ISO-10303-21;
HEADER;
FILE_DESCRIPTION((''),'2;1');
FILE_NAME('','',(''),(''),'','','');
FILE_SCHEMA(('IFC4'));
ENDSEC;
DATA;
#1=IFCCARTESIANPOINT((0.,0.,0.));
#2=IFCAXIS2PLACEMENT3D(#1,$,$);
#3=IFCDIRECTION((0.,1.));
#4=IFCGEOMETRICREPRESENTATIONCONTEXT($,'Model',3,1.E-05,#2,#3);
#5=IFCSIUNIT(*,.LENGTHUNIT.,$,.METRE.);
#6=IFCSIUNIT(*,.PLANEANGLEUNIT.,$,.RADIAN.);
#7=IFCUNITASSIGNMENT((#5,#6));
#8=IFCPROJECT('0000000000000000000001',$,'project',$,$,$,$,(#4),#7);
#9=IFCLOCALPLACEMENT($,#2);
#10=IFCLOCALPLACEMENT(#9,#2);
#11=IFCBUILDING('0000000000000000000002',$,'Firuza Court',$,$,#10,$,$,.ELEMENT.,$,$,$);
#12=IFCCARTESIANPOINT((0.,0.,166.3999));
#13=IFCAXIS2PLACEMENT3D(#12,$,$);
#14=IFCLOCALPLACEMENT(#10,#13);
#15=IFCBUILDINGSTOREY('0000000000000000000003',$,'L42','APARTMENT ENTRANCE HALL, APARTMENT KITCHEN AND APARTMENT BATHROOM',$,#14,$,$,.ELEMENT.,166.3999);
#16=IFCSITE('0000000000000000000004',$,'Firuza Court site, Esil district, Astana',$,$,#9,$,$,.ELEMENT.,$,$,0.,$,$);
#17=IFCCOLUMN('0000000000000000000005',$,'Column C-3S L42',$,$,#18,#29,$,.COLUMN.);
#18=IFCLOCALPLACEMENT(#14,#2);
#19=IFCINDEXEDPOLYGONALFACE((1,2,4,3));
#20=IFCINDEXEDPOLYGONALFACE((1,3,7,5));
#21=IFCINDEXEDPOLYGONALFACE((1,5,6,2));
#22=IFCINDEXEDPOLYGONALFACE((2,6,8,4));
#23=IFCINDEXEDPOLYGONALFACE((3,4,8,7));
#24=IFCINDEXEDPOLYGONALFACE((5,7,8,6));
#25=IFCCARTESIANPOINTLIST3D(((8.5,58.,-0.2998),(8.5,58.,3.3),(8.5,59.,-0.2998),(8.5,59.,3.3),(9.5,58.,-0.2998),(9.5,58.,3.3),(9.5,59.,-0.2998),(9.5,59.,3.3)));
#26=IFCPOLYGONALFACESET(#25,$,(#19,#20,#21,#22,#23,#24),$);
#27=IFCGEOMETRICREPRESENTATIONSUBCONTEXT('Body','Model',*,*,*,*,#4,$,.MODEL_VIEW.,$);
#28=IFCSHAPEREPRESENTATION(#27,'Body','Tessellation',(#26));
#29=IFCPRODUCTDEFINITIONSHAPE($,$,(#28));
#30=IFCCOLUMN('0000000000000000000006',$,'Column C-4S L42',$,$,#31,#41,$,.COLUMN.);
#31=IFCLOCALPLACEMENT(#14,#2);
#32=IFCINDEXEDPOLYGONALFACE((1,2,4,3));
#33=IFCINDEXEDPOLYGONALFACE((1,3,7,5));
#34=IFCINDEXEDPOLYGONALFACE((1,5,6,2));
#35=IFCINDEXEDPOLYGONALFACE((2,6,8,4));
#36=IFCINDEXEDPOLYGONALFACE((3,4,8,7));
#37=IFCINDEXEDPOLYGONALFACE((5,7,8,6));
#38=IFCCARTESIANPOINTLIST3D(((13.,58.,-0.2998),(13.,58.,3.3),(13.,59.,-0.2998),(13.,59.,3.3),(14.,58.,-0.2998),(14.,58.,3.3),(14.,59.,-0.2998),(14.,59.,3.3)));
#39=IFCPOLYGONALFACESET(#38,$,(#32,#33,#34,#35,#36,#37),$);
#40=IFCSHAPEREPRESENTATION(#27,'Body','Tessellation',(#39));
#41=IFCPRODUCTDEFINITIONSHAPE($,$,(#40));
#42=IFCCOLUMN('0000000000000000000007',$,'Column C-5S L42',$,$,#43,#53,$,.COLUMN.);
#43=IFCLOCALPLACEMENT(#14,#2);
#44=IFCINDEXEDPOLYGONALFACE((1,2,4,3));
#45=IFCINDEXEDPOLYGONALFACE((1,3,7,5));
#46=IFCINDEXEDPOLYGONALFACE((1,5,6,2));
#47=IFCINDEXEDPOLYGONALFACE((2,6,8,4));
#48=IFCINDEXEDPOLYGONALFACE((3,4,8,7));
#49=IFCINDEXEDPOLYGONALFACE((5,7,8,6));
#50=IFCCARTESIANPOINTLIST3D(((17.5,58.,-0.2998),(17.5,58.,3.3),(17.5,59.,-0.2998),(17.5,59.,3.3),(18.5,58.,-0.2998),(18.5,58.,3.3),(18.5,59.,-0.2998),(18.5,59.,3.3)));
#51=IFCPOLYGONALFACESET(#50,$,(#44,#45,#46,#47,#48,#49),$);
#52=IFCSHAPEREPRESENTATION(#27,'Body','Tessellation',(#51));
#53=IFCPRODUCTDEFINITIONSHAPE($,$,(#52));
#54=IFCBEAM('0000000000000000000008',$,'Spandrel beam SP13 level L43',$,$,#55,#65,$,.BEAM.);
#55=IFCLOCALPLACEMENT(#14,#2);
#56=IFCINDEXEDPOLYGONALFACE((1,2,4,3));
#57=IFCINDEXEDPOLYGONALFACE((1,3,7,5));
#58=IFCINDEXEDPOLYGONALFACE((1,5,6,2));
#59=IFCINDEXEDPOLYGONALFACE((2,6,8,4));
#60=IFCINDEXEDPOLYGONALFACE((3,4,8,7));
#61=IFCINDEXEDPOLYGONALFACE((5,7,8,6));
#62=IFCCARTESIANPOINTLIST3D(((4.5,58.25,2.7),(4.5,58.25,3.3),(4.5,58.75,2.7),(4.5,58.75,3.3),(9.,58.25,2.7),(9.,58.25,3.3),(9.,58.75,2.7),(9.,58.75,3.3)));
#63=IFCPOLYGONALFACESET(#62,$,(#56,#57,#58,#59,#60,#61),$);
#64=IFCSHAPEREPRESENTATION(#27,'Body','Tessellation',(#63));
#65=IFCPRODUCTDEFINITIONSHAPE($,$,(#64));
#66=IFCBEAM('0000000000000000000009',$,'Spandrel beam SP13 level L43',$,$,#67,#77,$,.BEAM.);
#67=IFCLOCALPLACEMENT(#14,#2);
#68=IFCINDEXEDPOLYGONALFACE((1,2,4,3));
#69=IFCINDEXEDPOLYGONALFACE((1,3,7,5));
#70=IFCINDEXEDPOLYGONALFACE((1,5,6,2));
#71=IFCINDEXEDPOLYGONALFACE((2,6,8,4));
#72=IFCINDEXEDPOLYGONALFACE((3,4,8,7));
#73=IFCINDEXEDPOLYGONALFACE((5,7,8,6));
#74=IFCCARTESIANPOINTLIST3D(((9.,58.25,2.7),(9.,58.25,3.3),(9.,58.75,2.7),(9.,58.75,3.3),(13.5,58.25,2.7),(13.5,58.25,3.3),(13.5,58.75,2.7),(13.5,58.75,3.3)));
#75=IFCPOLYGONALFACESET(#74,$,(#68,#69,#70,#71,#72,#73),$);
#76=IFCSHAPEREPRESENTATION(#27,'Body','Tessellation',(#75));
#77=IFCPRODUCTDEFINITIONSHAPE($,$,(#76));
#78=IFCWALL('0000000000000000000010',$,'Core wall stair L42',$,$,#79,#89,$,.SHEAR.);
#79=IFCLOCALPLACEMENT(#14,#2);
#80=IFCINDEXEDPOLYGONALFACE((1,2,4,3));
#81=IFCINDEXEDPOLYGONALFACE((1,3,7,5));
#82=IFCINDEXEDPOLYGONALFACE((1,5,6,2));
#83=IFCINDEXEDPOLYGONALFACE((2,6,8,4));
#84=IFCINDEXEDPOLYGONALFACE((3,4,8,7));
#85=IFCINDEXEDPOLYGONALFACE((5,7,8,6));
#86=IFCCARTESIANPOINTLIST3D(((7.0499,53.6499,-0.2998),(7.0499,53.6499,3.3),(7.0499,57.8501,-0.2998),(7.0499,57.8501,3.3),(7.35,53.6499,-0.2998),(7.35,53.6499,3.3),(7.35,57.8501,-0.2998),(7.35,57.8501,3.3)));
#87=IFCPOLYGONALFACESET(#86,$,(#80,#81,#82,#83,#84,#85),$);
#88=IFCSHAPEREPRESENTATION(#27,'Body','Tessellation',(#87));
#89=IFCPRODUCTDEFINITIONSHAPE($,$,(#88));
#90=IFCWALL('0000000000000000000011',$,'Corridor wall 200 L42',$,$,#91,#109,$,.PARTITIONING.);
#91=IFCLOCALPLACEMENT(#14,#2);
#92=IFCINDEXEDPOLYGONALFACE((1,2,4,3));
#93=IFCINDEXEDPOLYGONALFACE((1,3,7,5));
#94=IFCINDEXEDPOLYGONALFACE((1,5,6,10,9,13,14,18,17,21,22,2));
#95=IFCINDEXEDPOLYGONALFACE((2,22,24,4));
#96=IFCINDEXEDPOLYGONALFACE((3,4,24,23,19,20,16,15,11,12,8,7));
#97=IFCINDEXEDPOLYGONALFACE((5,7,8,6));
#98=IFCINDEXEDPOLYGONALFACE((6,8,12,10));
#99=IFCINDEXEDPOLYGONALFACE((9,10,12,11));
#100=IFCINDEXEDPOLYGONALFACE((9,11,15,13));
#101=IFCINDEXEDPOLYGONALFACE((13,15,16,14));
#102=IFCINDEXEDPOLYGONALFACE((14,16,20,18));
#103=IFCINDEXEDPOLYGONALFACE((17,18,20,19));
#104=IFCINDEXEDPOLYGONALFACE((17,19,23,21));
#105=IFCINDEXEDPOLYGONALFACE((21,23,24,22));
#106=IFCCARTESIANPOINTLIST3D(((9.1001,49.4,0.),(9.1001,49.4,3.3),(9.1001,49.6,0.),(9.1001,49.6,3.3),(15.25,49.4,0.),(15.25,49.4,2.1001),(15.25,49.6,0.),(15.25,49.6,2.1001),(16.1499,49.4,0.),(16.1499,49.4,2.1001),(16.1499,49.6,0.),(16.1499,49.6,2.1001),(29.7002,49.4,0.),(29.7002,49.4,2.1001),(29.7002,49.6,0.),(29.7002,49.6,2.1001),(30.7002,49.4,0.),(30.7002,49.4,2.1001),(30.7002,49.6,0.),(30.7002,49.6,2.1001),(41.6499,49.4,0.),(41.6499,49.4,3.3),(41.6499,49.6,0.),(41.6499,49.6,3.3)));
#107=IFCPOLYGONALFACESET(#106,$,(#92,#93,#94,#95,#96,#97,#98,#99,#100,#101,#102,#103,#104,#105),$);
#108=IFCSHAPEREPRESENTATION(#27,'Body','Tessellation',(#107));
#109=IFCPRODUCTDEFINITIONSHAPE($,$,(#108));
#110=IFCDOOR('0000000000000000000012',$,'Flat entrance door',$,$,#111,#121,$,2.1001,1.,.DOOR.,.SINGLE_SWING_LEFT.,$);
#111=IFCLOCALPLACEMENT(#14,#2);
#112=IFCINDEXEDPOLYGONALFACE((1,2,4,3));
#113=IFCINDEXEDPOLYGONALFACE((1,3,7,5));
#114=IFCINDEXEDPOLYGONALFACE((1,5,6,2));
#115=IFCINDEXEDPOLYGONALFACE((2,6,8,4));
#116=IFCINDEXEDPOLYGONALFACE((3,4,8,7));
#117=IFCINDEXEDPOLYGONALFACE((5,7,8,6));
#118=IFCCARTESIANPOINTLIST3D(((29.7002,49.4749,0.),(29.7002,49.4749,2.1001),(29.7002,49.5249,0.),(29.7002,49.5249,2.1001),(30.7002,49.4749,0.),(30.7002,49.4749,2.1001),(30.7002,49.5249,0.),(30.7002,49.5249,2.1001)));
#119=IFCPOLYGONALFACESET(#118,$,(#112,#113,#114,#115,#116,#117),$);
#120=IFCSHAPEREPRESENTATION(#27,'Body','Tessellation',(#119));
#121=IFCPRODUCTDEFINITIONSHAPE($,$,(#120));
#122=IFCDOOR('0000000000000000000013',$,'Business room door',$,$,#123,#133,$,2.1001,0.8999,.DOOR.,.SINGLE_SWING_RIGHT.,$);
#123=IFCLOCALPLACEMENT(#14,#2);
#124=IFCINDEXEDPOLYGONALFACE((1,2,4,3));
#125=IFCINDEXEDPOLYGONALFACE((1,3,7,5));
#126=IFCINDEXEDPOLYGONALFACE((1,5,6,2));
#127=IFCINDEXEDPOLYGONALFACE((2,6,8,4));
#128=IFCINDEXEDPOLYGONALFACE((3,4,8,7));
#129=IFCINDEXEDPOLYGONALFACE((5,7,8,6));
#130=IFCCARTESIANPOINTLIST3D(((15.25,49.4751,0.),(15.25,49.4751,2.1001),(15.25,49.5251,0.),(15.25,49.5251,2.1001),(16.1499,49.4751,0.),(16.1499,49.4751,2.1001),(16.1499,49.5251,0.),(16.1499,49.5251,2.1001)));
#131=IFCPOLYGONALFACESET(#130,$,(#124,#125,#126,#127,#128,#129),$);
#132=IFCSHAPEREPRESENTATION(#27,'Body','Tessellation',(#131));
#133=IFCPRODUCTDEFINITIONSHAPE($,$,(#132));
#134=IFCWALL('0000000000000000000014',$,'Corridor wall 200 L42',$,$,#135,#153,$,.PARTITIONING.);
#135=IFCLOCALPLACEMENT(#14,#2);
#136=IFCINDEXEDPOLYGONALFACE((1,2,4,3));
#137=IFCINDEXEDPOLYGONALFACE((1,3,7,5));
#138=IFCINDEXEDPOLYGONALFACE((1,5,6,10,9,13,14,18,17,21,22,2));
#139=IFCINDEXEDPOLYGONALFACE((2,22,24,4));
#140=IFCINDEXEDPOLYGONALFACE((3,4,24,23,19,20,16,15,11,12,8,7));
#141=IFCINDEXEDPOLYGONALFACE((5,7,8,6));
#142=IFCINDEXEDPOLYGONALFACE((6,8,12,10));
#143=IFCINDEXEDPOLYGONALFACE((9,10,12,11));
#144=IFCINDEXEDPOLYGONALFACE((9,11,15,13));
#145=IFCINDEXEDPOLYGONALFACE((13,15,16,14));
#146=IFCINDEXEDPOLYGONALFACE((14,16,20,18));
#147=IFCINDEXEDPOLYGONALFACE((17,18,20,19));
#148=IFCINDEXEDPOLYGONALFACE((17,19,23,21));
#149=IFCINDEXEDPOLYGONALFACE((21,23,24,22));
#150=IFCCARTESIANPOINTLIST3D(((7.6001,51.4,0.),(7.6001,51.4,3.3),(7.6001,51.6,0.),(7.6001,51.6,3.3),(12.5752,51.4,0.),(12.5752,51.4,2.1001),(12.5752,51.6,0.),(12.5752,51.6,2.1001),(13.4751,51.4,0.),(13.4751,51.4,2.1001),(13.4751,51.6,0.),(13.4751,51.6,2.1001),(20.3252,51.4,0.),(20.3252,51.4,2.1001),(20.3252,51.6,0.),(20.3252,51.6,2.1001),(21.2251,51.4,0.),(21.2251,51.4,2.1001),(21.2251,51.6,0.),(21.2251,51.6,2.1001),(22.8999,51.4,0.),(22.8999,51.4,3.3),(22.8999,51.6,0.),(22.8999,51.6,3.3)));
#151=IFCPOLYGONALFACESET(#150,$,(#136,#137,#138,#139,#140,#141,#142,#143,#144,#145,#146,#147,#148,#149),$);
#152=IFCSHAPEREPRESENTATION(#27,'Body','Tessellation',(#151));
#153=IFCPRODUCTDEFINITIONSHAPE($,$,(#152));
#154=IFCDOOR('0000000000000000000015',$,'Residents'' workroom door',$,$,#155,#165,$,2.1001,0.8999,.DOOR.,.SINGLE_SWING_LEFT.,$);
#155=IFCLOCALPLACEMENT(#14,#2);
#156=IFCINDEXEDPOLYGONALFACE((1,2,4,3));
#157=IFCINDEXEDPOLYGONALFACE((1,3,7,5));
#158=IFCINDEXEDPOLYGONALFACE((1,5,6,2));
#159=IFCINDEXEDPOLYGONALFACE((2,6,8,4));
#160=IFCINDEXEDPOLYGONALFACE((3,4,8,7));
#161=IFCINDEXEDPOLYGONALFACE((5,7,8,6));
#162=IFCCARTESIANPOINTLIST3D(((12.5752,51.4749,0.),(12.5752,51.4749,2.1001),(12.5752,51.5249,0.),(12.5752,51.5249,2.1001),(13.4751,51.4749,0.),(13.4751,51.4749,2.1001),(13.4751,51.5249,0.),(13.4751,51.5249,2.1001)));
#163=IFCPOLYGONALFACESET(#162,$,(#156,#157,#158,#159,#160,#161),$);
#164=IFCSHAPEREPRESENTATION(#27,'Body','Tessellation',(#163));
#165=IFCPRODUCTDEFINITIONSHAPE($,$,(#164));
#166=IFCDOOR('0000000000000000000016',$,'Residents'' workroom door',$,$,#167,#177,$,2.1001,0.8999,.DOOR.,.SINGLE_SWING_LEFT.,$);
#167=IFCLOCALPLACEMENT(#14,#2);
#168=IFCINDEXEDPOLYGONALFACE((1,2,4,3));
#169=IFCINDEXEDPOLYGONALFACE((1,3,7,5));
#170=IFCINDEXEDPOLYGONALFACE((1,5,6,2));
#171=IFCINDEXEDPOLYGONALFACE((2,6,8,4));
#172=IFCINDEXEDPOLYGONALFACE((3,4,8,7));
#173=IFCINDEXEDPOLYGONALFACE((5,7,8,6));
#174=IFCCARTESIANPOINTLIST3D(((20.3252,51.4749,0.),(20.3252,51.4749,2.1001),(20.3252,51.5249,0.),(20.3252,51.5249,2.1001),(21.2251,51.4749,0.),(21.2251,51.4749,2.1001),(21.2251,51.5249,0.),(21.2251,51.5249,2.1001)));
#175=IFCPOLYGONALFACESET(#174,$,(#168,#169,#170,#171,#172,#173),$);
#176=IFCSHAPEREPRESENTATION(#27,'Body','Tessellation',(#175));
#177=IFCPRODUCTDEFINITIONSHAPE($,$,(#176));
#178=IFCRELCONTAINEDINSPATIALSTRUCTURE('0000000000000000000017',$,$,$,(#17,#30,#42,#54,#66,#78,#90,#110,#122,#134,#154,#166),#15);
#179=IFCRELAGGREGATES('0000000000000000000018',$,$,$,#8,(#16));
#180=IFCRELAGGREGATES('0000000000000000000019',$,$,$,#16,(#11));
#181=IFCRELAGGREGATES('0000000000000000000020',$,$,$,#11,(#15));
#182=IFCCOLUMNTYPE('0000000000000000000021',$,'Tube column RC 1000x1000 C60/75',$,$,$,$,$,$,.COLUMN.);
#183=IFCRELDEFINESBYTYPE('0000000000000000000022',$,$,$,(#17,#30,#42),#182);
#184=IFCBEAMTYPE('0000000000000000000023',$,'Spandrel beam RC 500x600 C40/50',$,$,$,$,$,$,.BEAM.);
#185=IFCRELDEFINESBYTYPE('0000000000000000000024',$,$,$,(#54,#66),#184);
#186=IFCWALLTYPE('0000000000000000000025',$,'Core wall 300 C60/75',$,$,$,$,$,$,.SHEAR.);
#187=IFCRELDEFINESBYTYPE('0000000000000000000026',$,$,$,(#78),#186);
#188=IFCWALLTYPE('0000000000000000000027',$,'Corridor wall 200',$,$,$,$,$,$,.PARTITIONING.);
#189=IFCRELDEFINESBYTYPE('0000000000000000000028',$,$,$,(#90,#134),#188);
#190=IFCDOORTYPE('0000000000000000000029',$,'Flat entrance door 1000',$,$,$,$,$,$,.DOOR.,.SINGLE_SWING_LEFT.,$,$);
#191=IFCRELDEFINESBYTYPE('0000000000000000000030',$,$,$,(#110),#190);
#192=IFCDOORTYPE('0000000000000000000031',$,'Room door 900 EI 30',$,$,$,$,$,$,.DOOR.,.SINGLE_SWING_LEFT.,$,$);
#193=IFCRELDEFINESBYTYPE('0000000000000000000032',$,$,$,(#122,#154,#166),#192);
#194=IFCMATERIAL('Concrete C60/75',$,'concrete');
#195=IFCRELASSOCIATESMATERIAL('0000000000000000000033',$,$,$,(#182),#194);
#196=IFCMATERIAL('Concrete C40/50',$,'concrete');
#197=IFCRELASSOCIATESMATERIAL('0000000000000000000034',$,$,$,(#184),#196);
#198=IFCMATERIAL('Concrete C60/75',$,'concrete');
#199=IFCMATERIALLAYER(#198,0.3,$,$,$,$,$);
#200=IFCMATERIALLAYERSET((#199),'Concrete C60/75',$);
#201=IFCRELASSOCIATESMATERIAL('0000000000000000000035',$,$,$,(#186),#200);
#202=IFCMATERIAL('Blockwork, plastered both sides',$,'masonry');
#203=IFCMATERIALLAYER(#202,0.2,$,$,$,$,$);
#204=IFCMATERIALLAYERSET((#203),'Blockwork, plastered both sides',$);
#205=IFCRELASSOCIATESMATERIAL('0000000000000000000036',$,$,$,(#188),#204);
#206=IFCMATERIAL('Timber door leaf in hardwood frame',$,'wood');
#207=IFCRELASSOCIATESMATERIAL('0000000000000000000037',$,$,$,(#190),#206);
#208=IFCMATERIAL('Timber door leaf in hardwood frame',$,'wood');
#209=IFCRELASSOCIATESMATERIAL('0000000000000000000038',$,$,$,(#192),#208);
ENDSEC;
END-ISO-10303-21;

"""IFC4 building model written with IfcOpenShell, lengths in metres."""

from ifc_helpers import new_model, si_unit, direction, frame, frame_2d, origin, origin_2d, place, context, subcontext, project, spatial, rectangle, extrude, material, layer, layer_set, material_profile, profile_set, type_object, element, fill, save


model = new_model("IFC4")

# Units and contexts
model_context = context("Model", 3, precision=1e-05, world=origin(), true_north=direction((0.0, 1.0)))
body_context = subcontext(model_context, "Body", "Model", "MODEL_VIEW")
ifc_project = project(units=[si_unit("LENGTHUNIT", "METRE"), si_unit("PLANEANGLEUNIT", "RADIAN")], contexts=[model_context])

# Site, building, storey
site_placement = place(None, origin())
site = spatial("IfcSite", under=ifc_project, at=site_placement, Name="Firuza Court site, Esil district, Astana", CompositionType="ELEMENT", RefElevation=0.0)
building_placement = place(site_placement, origin())
building = spatial("IfcBuilding", under=site, at=building_placement, Name="Firuza Court", CompositionType="ELEMENT")
storey_placement = place(building_placement, frame((0.0, 0.0, 166.3999)))
storey = spatial("IfcBuildingStorey", under=building, at=storey_placement, Name="L42", Description="APARTMENT ENTRANCE HALL, APARTMENT KITCHEN AND APARTMENT BATHROOM", CompositionType="ELEMENT", Elevation=166.3999)

# Columns
ifc_material_1 = material(Name="Concrete C60/75", Category="concrete")
ifc_material_profile_1 = material_profile(ifc_material_1, rectangle(XDim=1.0, YDim=1.0, at=origin_2d()), Name="RC 1000x1000")
ifc_profile_set_1 = profile_set([ifc_material_profile_1], Name="Concrete C60/75")
column_type = type_object("IfcColumnType", Name="Tube column RC 1000x1000 C60/75", PredefinedType="COLUMN", material=ifc_profile_set_1)
for number, where, z_axis, x_axis, name in (
    (1, (9.0, 58.5, -0.2998), (0.0, 0.0, 1.0), (1.0, 0.0, 0.0), "Column C-3S L42"),
    (2, (13.5, 58.5, -0.2998), (0.0, 0.0, 1.0), (1.0, 0.0, 0.0), "Column C-4S L42"),
    (3, (18.0, 58.5, -0.2998), (0.0, 0.0, 1.0), (1.0, 0.0, 0.0), "Column C-5S L42"),
):
    element("IfcColumn", number, at=place(storey_placement, frame(where, z_axis=z_axis, x_axis=x_axis)), inside=storey, type_object=column_type, Name=name, PredefinedType="COLUMN", context=body_context, shape_type="SweptSolid", body=[
        extrude(rectangle(XDim=1.0, YDim=1.0, at=origin_2d()), origin(), (0.0, 0.0, 1.0), 3.5999),
    ])

# Beams
ifc_material_2 = material(Name="Concrete C40/50", Category="concrete")
ifc_material_profile_2 = material_profile(ifc_material_2, rectangle(XDim=0.5, YDim=0.6001, at=origin_2d()), Name="RC 500x600")
ifc_profile_set_2 = profile_set([ifc_material_profile_2], Name="Concrete C40/50")
beam_type = type_object("IfcBeamType", Name="Spandrel beam RC 500x600 C40/50", PredefinedType="BEAM", material=ifc_profile_set_2)
for number, where, z_axis, x_axis, name in (
    (4, (9.0, 58.5, 3.0), (-1.0, 0.0, 0.0), (0.0, -1.0, 0.0), "Spandrel beam SP13 level L43"),
    (5, (13.5, 58.5, 3.0), (-1.0, 0.0, 0.0), (0.0, -1.0, 0.0), "Spandrel beam SP13 level L43"),
):
    element("IfcBeam", number, at=place(storey_placement, frame(where, z_axis=z_axis, x_axis=x_axis)), inside=storey, type_object=beam_type, Name=name, PredefinedType="BEAM", context=body_context, shape_type="SweptSolid", body=[
        extrude(rectangle(XDim=0.5, YDim=0.6001, at=origin_2d()), origin(), (0.0, 0.0, 1.0), 4.5),
    ])

# Wall
ifc_material_3 = material(Name="Concrete C60/75", Category="concrete")
ifc_layer_1 = layer(ifc_material_3, 0.3)
ifc_layer_set_1 = layer_set([ifc_layer_1], Name="Concrete C60/75")
wall_type_1 = type_object("IfcWallType", Name="Core wall 300 C60/75", PredefinedType="SHEAR", material=ifc_layer_set_1)
wall_1_placement = place(storey_placement, frame((7.2, 53.6499, -0.2998), z_axis=(0.0, 0.0, 1.0), x_axis=(0.0, 1.0, 0.0)))
element("IfcWall", 6, at=wall_1_placement, inside=storey, type_object=wall_type_1, Name="Core wall stair L42", PredefinedType="SHEAR", context=body_context, shape_type="SweptSolid", body=[
    extrude(rectangle(XDim=4.2002, YDim=0.3, at=frame_2d((2.1001, 0.0))), origin(), (0.0, 0.0, 1.0), 3.5999),
])

# Walls, openings, doors
ifc_material_4 = material(Name="Blockwork, plastered both sides", Category="masonry")
ifc_layer_2 = layer(ifc_material_4, 0.2)
ifc_layer_set_2 = layer_set([ifc_layer_2], Name="Blockwork, plastered both sides")
wall_type_2 = type_object("IfcWallType", Name="Corridor wall 200", PredefinedType="PARTITIONING", material=ifc_layer_set_2)
wall_2_placement = place(storey_placement, frame((9.1001, 49.5, 0.0), z_axis=(0.0, 0.0, 1.0), x_axis=(1.0, 0.0, 0.0)))
wall_2 = element("IfcWall", 7, at=wall_2_placement, inside=storey, type_object=wall_type_2, Name="Corridor wall 200 L42", PredefinedType="PARTITIONING", context=body_context, shape_type="SweptSolid", body=[
    extrude(rectangle(XDim=32.5498, YDim=0.2, at=frame_2d((16.2749, 0.0))), origin(), (0.0, 0.0, 1.0), 3.3),
])
opening_1_placement = place(wall_2_placement, frame((20.6001, 0.0, 0.0)))
opening_1 = element("IfcOpeningElement", 8, at=opening_1_placement, cuts=wall_2, PredefinedType="OPENING", context=body_context, shape_type="SweptSolid", body=[
    extrude(rectangle(XDim=1.0, YDim=2.1001, at=frame_2d((0.5, 1.05))), frame((0.0, 0.1118, 0.0), z_axis=(0.0, -1.0, 0.0), x_axis=(1.0, 0.0, 0.0)), (0.0, 0.0, 1.0), 0.2239),
])
opening_2_placement = place(wall_2_placement, frame((6.1499, 0.0, 0.0)))
opening_2 = element("IfcOpeningElement", 9, at=opening_2_placement, cuts=wall_2, PredefinedType="OPENING", context=body_context, shape_type="SweptSolid", body=[
    extrude(rectangle(XDim=0.8999, YDim=2.1001, at=frame_2d((0.45, 1.05))), frame((0.0, 0.1118, 0.0), z_axis=(0.0, -1.0, 0.0), x_axis=(1.0, 0.0, 0.0)), (0.0, 0.0, 1.0), 0.2239),
])
ifc_material_5 = material(Name="Timber door leaf in hardwood frame", Category="wood")
door_type_1 = type_object("IfcDoorType", Name="Flat entrance door 1000", OperationType="SINGLE_SWING_LEFT", PredefinedType="DOOR", material=ifc_material_5)
door_1_placement = place(opening_1_placement, origin())
door_1 = element("IfcDoor", 10, at=door_1_placement, inside=storey, type_object=door_type_1, Name="Flat entrance door", OperationType="SINGLE_SWING_LEFT", OverallHeight=2.1001, OverallWidth=1.0, PredefinedType="DOOR", context=body_context, shape_type="SweptSolid", body=[
    extrude(rectangle(XDim=1.0, YDim=2.1001, at=frame_2d((0.5, 1.05))), frame((0.0, 0.0249, 0.0), z_axis=(0.0, -1.0, 0.0), x_axis=(1.0, 0.0, 0.0)), (0.0, 0.0, 1.0), 0.05),
])
fill(opening_1, door_1)
ifc_material_6 = material(Name="Timber door leaf in hardwood frame", Category="wood")
door_type_2 = type_object("IfcDoorType", Name="Room door 900 EI 30", OperationType="SINGLE_SWING_LEFT", PredefinedType="DOOR", material=ifc_material_6)
door_2_placement = place(opening_2_placement, frame((0.8999, 0.0, 0.0), z_axis=(0.0, 0.0, 1.0), x_axis=(-1.0, 0.0, 0.0)))
door_2 = element("IfcDoor", 11, at=door_2_placement, inside=storey, type_object=door_type_2, Name="Business room door", OperationType="SINGLE_SWING_RIGHT", OverallHeight=2.1001, OverallWidth=0.8999, PredefinedType="DOOR", context=body_context, shape_type="SweptSolid", body=[
    extrude(rectangle(XDim=0.8999, YDim=2.1001, at=frame_2d((0.45, 1.05))), frame((0.0, 0.0249, 0.0), z_axis=(0.0, -1.0, 0.0), x_axis=(1.0, 0.0, 0.0)), (0.0, 0.0, 1.0), 0.05),
])
fill(opening_2, door_2)
wall_3_placement = place(storey_placement, frame((7.6001, 51.5, 0.0), z_axis=(0.0, 0.0, 1.0), x_axis=(1.0, 0.0, 0.0)))
wall_3 = element("IfcWall", 12, at=wall_3_placement, inside=storey, type_object=wall_type_2, Name="Corridor wall 200 L42", PredefinedType="PARTITIONING", context=body_context, shape_type="SweptSolid", body=[
    extrude(rectangle(XDim=15.2998, YDim=0.2, at=frame_2d((7.6499, 0.0))), origin(), (0.0, 0.0, 1.0), 3.3),
])
opening_3_placement = place(wall_3_placement, frame((4.9751, 0.0, 0.0)))
opening_3 = element("IfcOpeningElement", 13, at=opening_3_placement, cuts=wall_3, PredefinedType="OPENING", context=body_context, shape_type="SweptSolid", body=[
    extrude(rectangle(XDim=0.8999, YDim=2.1001, at=frame_2d((0.45, 1.05))), frame((0.0, 0.1118, 0.0), z_axis=(0.0, -1.0, 0.0), x_axis=(1.0, 0.0, 0.0)), (0.0, 0.0, 1.0), 0.2239),
])
opening_4_placement = place(wall_3_placement, frame((12.7251, 0.0, 0.0)))
opening_4 = element("IfcOpeningElement", 14, at=opening_4_placement, cuts=wall_3, PredefinedType="OPENING", context=body_context, shape_type="SweptSolid", body=[
    extrude(rectangle(XDim=0.8999, YDim=2.1001, at=frame_2d((0.45, 1.05))), frame((0.0, 0.1118, 0.0), z_axis=(0.0, -1.0, 0.0), x_axis=(1.0, 0.0, 0.0)), (0.0, 0.0, 1.0), 0.2239),
])
door_3_placement = place(opening_3_placement, origin())
door_3 = element("IfcDoor", 15, at=door_3_placement, inside=storey, type_object=door_type_2, Name="Residents' workroom door", OperationType="SINGLE_SWING_LEFT", OverallHeight=2.1001, OverallWidth=0.8999, PredefinedType="DOOR", context=body_context, shape_type="SweptSolid", body=[
    extrude(rectangle(XDim=0.8999, YDim=2.1001, at=frame_2d((0.45, 1.05))), frame((0.0, 0.0249, 0.0), z_axis=(0.0, -1.0, 0.0), x_axis=(1.0, 0.0, 0.0)), (0.0, 0.0, 1.0), 0.05),
])
fill(opening_3, door_3)
door_4_placement = place(opening_4_placement, origin())
door_4 = element("IfcDoor", 16, at=door_4_placement, inside=storey, type_object=door_type_2, Name="Residents' workroom door", OperationType="SINGLE_SWING_LEFT", OverallHeight=2.1001, OverallWidth=0.8999, PredefinedType="DOOR", context=body_context, shape_type="SweptSolid", body=[
    extrude(rectangle(XDim=0.8999, YDim=2.1001, at=frame_2d((0.45, 1.05))), frame((0.0, 0.0249, 0.0), z_axis=(0.0, -1.0, 0.0), x_axis=(1.0, 0.0, 0.0)), (0.0, 0.0, 1.0), 0.05),
])
fill(opening_4, door_4)

save(model, "model.ifc")
